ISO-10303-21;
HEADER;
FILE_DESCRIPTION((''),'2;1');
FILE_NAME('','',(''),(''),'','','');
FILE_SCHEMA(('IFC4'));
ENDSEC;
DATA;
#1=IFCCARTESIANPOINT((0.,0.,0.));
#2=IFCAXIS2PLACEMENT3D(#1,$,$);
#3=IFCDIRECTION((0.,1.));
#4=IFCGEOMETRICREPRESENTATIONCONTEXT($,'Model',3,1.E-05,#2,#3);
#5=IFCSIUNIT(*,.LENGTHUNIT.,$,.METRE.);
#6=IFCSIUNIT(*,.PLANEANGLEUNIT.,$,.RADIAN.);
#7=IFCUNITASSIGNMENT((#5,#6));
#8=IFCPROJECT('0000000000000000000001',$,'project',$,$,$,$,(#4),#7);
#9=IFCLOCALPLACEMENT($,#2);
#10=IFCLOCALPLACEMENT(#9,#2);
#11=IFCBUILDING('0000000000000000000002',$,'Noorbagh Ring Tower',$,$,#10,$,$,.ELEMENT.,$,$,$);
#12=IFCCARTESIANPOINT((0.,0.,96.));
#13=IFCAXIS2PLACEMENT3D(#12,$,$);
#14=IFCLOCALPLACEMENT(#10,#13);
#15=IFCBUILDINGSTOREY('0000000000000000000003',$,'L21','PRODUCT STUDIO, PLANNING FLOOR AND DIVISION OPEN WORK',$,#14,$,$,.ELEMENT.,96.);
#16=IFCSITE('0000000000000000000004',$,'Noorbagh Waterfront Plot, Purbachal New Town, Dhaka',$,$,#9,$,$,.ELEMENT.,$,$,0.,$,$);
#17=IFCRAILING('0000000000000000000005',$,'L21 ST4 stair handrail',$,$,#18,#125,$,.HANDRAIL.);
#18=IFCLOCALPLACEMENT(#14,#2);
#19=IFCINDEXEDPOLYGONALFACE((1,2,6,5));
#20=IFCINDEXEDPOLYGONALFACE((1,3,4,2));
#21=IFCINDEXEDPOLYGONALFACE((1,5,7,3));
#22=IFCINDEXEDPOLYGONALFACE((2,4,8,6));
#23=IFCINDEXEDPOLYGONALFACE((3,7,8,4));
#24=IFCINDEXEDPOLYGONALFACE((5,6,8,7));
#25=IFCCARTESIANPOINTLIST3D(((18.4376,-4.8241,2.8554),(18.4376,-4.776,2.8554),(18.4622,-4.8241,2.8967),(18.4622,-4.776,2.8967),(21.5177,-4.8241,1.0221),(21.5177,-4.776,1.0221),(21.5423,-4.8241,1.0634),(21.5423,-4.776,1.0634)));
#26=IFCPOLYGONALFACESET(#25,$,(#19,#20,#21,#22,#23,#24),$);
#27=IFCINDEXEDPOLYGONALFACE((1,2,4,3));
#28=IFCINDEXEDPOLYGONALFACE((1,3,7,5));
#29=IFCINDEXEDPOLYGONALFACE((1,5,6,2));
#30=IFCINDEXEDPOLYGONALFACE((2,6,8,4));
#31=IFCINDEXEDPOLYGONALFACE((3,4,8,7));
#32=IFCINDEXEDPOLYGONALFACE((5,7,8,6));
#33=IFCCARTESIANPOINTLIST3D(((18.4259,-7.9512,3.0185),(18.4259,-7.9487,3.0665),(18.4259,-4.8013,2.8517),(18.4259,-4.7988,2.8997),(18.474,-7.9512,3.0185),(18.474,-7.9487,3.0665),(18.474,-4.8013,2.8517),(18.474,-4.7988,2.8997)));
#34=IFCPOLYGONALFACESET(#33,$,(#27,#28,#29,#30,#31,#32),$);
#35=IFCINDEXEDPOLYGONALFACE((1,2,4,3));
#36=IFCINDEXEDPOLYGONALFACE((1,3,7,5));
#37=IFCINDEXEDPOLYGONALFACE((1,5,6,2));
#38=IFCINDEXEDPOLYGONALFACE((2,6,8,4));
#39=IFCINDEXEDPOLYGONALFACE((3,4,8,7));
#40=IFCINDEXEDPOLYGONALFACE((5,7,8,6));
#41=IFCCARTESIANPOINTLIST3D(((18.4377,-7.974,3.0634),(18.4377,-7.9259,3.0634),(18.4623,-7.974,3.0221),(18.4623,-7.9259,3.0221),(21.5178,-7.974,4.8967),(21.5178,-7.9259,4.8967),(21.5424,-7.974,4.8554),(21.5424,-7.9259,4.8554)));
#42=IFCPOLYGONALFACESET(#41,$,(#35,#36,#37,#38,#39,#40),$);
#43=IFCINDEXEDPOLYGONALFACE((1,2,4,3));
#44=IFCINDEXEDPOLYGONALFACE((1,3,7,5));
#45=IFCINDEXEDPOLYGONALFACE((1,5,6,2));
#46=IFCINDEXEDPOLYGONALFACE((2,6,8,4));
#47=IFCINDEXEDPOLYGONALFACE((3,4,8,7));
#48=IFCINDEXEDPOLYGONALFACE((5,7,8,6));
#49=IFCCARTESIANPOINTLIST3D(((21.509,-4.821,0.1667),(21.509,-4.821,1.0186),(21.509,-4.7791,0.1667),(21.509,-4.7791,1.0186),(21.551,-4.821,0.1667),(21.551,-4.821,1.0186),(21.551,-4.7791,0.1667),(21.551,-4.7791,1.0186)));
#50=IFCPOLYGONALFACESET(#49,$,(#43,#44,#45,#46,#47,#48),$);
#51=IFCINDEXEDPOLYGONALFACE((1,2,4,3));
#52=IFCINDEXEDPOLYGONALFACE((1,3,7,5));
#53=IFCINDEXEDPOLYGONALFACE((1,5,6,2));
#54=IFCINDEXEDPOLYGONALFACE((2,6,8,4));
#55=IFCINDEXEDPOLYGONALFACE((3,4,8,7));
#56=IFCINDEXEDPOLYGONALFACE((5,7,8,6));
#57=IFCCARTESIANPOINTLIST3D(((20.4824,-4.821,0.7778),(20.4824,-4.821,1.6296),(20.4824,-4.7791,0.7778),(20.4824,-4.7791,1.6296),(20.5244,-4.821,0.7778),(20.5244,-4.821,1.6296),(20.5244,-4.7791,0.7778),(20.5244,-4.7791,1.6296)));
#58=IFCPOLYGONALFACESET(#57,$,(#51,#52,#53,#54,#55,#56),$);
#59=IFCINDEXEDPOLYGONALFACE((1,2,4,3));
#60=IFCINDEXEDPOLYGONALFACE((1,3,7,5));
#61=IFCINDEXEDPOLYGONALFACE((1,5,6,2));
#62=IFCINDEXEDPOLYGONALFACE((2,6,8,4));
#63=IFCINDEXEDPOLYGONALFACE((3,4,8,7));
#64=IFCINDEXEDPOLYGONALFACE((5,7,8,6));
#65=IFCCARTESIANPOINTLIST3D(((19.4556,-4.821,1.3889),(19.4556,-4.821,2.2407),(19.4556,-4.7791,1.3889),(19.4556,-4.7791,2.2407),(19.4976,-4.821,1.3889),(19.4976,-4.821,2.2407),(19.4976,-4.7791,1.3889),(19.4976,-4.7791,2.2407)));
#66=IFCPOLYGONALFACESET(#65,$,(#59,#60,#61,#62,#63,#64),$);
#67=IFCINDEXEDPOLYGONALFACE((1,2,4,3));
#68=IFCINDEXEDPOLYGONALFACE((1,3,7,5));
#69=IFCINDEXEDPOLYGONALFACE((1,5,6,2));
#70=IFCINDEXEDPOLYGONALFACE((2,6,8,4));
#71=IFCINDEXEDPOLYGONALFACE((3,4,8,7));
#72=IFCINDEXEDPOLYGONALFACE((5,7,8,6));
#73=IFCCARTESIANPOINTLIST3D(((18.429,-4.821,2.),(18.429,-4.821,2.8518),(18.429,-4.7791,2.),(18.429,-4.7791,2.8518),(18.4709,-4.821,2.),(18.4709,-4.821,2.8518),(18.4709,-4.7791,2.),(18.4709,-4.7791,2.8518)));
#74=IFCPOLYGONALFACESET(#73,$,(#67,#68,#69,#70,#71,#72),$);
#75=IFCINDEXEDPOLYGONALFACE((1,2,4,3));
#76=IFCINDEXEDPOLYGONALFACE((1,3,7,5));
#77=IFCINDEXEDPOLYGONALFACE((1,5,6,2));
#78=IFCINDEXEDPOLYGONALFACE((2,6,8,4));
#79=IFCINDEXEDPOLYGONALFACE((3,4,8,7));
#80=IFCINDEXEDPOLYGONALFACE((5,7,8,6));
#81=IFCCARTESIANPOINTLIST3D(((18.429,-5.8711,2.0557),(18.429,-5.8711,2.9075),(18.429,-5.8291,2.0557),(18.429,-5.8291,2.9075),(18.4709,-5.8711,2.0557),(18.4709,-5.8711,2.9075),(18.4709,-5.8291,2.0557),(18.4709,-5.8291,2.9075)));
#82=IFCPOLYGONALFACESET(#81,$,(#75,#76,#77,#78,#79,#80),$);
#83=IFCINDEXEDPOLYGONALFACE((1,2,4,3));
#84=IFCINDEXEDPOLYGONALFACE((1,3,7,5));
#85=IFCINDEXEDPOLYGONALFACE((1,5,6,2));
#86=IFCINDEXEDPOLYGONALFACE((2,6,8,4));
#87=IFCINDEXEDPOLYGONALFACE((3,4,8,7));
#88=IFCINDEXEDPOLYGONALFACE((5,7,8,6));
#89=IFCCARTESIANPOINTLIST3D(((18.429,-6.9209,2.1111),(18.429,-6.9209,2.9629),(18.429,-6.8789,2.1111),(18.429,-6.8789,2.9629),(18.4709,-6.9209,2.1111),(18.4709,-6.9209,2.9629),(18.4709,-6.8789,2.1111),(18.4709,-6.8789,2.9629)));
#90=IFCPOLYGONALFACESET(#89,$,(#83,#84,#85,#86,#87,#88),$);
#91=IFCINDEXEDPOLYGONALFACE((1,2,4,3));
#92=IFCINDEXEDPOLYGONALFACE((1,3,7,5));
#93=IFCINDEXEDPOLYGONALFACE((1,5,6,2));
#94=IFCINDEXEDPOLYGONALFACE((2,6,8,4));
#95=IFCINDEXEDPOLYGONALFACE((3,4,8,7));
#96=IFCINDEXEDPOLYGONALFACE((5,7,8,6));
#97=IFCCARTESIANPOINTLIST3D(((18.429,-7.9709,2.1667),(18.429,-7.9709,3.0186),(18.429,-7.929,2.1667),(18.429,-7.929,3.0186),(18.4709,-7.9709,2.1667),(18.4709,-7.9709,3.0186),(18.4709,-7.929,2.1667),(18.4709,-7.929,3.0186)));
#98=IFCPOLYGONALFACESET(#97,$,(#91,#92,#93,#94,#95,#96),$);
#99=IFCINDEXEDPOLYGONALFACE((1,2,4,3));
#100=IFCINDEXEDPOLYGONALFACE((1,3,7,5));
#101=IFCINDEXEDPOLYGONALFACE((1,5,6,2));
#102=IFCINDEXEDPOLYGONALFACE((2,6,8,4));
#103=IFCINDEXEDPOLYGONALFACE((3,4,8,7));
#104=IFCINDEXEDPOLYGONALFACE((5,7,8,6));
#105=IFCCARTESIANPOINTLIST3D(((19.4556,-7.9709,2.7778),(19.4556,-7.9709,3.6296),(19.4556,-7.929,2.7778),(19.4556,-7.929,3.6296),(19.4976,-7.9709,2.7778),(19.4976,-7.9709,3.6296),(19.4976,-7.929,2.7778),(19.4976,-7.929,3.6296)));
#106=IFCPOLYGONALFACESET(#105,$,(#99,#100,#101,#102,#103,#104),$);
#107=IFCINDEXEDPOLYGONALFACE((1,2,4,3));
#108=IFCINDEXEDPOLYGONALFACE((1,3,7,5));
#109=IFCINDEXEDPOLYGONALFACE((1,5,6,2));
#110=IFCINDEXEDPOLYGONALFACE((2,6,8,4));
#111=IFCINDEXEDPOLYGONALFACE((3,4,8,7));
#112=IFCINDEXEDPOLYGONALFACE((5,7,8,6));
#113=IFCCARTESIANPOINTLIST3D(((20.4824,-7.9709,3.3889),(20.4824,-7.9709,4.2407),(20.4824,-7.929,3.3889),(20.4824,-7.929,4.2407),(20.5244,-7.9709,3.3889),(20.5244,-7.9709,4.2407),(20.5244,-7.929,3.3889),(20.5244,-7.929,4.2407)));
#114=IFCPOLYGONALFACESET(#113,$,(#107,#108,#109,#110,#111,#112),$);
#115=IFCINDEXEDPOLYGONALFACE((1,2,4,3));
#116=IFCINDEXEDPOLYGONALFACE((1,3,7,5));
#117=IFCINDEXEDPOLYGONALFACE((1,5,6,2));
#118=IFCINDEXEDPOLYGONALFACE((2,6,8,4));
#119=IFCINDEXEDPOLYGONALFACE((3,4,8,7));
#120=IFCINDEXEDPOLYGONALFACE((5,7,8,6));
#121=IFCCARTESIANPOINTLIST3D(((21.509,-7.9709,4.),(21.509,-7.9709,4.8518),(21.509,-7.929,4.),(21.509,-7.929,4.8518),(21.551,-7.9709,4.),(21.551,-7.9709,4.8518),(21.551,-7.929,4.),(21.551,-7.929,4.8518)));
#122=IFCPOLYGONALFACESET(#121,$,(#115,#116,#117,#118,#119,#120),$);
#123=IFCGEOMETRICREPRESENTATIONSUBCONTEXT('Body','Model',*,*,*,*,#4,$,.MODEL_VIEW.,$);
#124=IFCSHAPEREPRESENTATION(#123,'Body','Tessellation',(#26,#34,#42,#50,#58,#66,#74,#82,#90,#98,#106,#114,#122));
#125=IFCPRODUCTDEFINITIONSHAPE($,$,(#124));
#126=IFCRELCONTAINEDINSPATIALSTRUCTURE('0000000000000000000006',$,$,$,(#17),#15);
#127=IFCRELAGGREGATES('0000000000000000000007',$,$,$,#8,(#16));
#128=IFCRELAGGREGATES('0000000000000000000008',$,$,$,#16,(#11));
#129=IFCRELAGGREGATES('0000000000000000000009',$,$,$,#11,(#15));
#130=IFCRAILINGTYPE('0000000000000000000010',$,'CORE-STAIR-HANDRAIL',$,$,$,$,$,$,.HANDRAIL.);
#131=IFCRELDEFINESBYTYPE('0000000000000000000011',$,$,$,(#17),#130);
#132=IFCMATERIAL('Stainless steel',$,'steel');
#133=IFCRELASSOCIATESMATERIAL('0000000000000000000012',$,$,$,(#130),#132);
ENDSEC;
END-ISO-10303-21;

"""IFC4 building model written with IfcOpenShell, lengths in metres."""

from ifc_helpers import new_model, si_unit, direction, frame, origin, origin_2d, place, context, subcontext, project, spatial, rectangle, extrude, material, type_object, element, save


model = new_model("IFC4")

# Units and contexts
model_context = context("Model", 3, precision=1e-05, world=origin(), true_north=direction((0.0, 1.0)))
body_context = subcontext(model_context, "Body", "Model", "MODEL_VIEW")
ifc_project = project(units=[si_unit("LENGTHUNIT", "METRE"), si_unit("PLANEANGLEUNIT", "RADIAN")], contexts=[model_context])

# Site, building, storey
site_placement = place(None, origin())
site = spatial("IfcSite", under=ifc_project, at=site_placement, Name="Noorbagh Waterfront Plot, Purbachal New Town, Dhaka", CompositionType="ELEMENT", RefElevation=0.0)
building_placement = place(site_placement, origin())
building = spatial("IfcBuilding", under=site, at=building_placement, Name="Noorbagh Ring Tower", CompositionType="ELEMENT")
storey_placement = place(building_placement, frame((0.0, 0.0, 96.0)))
storey = spatial("IfcBuildingStorey", under=building, at=storey_placement, Name="L21", Description="PRODUCT STUDIO, PLANNING FLOOR AND DIVISION OPEN WORK", CompositionType="ELEMENT", Elevation=96.0)

# Railing
ifc_material_1 = material(Name="Stainless steel", Category="steel")
railing_type_1 = type_object("IfcRailingType", Name="CORE-STAIR-HANDRAIL", PredefinedType="HANDRAIL", material=ifc_material_1)
railing_1_placement = place(storey_placement, frame((21.53, -4.8, 0.1667)))
element("IfcRailing", 1, at=railing_1_placement, inside=storey, type_object=railing_type_1, Name="L21 ST4 stair handrail", PredefinedType="HANDRAIL", context=body_context, shape_type="SweptSolid", body=[
    extrude(rectangle(XDim=0.0481, YDim=0.0481, at=origin_2d()), frame((0.0, 0.0, 0.876), z_axis=(-0.859309, 0.0, 0.511458), x_axis=(0.0, -1.0, 0.0)), (0.0, 0.0, 1.0), 3.5845),
    extrude(rectangle(XDim=0.0481, YDim=0.0481, at=origin_2d()), frame((-3.0801, 0.0, 2.709), z_axis=(0.0, -0.998602, 0.052864), x_axis=(1.0, 0.0, 0.0)), (0.0, 0.0, 1.0), 3.1543),
    extrude(rectangle(XDim=0.0481, YDim=0.0481, at=origin_2d()), frame((-3.0801, -3.1499, 2.876), z_axis=(0.859309, 0.0, 0.511458), x_axis=(0.0, 1.0, 0.0)), (0.0, 0.0, 1.0), 3.5845),
    extrude(rectangle(XDim=0.042, YDim=0.042, at=origin_2d()), origin(), (0.0, 0.0, 1.0), 0.8518),
    extrude(rectangle(XDim=0.042, YDim=0.042, at=origin_2d()), frame((-1.0266, 0.0, 0.6111)), (0.0, 0.0, 1.0), 0.8518),
    extrude(rectangle(XDim=0.042, YDim=0.042, at=origin_2d()), frame((-2.0535, 0.0, 1.2222)), (0.0, 0.0, 1.0), 0.8518),
    extrude(rectangle(XDim=0.042, YDim=0.042, at=origin_2d()), frame((-3.0801, 0.0, 1.8333)), (0.0, 0.0, 1.0), 0.8518),
    extrude(rectangle(XDim=0.042, YDim=0.042, at=origin_2d()), frame((-3.0801, -1.05, 1.8889)), (0.0, 0.0, 1.0), 0.8518),
    extrude(rectangle(XDim=0.042, YDim=0.042, at=origin_2d()), frame((-3.0801, -2.0999, 1.9443)), (0.0, 0.0, 1.0), 0.8518),
    extrude(rectangle(XDim=0.042, YDim=0.042, at=origin_2d()), frame((-3.0801, -3.1499, 2.0)), (0.0, 0.0, 1.0), 0.8518),
    extrude(rectangle(XDim=0.042, YDim=0.042, at=origin_2d()), frame((-2.0535, -3.1499, 2.6111)), (0.0, 0.0, 1.0), 0.8518),
    extrude(rectangle(XDim=0.042, YDim=0.042, at=origin_2d()), frame((-1.0266, -3.1499, 3.2222)), (0.0, 0.0, 1.0), 0.8518),
    extrude(rectangle(XDim=0.042, YDim=0.042, at=origin_2d()), frame((0.0, -3.1499, 3.8333)), (0.0, 0.0, 1.0), 0.8518),
])

save(model, "model.ifc")
